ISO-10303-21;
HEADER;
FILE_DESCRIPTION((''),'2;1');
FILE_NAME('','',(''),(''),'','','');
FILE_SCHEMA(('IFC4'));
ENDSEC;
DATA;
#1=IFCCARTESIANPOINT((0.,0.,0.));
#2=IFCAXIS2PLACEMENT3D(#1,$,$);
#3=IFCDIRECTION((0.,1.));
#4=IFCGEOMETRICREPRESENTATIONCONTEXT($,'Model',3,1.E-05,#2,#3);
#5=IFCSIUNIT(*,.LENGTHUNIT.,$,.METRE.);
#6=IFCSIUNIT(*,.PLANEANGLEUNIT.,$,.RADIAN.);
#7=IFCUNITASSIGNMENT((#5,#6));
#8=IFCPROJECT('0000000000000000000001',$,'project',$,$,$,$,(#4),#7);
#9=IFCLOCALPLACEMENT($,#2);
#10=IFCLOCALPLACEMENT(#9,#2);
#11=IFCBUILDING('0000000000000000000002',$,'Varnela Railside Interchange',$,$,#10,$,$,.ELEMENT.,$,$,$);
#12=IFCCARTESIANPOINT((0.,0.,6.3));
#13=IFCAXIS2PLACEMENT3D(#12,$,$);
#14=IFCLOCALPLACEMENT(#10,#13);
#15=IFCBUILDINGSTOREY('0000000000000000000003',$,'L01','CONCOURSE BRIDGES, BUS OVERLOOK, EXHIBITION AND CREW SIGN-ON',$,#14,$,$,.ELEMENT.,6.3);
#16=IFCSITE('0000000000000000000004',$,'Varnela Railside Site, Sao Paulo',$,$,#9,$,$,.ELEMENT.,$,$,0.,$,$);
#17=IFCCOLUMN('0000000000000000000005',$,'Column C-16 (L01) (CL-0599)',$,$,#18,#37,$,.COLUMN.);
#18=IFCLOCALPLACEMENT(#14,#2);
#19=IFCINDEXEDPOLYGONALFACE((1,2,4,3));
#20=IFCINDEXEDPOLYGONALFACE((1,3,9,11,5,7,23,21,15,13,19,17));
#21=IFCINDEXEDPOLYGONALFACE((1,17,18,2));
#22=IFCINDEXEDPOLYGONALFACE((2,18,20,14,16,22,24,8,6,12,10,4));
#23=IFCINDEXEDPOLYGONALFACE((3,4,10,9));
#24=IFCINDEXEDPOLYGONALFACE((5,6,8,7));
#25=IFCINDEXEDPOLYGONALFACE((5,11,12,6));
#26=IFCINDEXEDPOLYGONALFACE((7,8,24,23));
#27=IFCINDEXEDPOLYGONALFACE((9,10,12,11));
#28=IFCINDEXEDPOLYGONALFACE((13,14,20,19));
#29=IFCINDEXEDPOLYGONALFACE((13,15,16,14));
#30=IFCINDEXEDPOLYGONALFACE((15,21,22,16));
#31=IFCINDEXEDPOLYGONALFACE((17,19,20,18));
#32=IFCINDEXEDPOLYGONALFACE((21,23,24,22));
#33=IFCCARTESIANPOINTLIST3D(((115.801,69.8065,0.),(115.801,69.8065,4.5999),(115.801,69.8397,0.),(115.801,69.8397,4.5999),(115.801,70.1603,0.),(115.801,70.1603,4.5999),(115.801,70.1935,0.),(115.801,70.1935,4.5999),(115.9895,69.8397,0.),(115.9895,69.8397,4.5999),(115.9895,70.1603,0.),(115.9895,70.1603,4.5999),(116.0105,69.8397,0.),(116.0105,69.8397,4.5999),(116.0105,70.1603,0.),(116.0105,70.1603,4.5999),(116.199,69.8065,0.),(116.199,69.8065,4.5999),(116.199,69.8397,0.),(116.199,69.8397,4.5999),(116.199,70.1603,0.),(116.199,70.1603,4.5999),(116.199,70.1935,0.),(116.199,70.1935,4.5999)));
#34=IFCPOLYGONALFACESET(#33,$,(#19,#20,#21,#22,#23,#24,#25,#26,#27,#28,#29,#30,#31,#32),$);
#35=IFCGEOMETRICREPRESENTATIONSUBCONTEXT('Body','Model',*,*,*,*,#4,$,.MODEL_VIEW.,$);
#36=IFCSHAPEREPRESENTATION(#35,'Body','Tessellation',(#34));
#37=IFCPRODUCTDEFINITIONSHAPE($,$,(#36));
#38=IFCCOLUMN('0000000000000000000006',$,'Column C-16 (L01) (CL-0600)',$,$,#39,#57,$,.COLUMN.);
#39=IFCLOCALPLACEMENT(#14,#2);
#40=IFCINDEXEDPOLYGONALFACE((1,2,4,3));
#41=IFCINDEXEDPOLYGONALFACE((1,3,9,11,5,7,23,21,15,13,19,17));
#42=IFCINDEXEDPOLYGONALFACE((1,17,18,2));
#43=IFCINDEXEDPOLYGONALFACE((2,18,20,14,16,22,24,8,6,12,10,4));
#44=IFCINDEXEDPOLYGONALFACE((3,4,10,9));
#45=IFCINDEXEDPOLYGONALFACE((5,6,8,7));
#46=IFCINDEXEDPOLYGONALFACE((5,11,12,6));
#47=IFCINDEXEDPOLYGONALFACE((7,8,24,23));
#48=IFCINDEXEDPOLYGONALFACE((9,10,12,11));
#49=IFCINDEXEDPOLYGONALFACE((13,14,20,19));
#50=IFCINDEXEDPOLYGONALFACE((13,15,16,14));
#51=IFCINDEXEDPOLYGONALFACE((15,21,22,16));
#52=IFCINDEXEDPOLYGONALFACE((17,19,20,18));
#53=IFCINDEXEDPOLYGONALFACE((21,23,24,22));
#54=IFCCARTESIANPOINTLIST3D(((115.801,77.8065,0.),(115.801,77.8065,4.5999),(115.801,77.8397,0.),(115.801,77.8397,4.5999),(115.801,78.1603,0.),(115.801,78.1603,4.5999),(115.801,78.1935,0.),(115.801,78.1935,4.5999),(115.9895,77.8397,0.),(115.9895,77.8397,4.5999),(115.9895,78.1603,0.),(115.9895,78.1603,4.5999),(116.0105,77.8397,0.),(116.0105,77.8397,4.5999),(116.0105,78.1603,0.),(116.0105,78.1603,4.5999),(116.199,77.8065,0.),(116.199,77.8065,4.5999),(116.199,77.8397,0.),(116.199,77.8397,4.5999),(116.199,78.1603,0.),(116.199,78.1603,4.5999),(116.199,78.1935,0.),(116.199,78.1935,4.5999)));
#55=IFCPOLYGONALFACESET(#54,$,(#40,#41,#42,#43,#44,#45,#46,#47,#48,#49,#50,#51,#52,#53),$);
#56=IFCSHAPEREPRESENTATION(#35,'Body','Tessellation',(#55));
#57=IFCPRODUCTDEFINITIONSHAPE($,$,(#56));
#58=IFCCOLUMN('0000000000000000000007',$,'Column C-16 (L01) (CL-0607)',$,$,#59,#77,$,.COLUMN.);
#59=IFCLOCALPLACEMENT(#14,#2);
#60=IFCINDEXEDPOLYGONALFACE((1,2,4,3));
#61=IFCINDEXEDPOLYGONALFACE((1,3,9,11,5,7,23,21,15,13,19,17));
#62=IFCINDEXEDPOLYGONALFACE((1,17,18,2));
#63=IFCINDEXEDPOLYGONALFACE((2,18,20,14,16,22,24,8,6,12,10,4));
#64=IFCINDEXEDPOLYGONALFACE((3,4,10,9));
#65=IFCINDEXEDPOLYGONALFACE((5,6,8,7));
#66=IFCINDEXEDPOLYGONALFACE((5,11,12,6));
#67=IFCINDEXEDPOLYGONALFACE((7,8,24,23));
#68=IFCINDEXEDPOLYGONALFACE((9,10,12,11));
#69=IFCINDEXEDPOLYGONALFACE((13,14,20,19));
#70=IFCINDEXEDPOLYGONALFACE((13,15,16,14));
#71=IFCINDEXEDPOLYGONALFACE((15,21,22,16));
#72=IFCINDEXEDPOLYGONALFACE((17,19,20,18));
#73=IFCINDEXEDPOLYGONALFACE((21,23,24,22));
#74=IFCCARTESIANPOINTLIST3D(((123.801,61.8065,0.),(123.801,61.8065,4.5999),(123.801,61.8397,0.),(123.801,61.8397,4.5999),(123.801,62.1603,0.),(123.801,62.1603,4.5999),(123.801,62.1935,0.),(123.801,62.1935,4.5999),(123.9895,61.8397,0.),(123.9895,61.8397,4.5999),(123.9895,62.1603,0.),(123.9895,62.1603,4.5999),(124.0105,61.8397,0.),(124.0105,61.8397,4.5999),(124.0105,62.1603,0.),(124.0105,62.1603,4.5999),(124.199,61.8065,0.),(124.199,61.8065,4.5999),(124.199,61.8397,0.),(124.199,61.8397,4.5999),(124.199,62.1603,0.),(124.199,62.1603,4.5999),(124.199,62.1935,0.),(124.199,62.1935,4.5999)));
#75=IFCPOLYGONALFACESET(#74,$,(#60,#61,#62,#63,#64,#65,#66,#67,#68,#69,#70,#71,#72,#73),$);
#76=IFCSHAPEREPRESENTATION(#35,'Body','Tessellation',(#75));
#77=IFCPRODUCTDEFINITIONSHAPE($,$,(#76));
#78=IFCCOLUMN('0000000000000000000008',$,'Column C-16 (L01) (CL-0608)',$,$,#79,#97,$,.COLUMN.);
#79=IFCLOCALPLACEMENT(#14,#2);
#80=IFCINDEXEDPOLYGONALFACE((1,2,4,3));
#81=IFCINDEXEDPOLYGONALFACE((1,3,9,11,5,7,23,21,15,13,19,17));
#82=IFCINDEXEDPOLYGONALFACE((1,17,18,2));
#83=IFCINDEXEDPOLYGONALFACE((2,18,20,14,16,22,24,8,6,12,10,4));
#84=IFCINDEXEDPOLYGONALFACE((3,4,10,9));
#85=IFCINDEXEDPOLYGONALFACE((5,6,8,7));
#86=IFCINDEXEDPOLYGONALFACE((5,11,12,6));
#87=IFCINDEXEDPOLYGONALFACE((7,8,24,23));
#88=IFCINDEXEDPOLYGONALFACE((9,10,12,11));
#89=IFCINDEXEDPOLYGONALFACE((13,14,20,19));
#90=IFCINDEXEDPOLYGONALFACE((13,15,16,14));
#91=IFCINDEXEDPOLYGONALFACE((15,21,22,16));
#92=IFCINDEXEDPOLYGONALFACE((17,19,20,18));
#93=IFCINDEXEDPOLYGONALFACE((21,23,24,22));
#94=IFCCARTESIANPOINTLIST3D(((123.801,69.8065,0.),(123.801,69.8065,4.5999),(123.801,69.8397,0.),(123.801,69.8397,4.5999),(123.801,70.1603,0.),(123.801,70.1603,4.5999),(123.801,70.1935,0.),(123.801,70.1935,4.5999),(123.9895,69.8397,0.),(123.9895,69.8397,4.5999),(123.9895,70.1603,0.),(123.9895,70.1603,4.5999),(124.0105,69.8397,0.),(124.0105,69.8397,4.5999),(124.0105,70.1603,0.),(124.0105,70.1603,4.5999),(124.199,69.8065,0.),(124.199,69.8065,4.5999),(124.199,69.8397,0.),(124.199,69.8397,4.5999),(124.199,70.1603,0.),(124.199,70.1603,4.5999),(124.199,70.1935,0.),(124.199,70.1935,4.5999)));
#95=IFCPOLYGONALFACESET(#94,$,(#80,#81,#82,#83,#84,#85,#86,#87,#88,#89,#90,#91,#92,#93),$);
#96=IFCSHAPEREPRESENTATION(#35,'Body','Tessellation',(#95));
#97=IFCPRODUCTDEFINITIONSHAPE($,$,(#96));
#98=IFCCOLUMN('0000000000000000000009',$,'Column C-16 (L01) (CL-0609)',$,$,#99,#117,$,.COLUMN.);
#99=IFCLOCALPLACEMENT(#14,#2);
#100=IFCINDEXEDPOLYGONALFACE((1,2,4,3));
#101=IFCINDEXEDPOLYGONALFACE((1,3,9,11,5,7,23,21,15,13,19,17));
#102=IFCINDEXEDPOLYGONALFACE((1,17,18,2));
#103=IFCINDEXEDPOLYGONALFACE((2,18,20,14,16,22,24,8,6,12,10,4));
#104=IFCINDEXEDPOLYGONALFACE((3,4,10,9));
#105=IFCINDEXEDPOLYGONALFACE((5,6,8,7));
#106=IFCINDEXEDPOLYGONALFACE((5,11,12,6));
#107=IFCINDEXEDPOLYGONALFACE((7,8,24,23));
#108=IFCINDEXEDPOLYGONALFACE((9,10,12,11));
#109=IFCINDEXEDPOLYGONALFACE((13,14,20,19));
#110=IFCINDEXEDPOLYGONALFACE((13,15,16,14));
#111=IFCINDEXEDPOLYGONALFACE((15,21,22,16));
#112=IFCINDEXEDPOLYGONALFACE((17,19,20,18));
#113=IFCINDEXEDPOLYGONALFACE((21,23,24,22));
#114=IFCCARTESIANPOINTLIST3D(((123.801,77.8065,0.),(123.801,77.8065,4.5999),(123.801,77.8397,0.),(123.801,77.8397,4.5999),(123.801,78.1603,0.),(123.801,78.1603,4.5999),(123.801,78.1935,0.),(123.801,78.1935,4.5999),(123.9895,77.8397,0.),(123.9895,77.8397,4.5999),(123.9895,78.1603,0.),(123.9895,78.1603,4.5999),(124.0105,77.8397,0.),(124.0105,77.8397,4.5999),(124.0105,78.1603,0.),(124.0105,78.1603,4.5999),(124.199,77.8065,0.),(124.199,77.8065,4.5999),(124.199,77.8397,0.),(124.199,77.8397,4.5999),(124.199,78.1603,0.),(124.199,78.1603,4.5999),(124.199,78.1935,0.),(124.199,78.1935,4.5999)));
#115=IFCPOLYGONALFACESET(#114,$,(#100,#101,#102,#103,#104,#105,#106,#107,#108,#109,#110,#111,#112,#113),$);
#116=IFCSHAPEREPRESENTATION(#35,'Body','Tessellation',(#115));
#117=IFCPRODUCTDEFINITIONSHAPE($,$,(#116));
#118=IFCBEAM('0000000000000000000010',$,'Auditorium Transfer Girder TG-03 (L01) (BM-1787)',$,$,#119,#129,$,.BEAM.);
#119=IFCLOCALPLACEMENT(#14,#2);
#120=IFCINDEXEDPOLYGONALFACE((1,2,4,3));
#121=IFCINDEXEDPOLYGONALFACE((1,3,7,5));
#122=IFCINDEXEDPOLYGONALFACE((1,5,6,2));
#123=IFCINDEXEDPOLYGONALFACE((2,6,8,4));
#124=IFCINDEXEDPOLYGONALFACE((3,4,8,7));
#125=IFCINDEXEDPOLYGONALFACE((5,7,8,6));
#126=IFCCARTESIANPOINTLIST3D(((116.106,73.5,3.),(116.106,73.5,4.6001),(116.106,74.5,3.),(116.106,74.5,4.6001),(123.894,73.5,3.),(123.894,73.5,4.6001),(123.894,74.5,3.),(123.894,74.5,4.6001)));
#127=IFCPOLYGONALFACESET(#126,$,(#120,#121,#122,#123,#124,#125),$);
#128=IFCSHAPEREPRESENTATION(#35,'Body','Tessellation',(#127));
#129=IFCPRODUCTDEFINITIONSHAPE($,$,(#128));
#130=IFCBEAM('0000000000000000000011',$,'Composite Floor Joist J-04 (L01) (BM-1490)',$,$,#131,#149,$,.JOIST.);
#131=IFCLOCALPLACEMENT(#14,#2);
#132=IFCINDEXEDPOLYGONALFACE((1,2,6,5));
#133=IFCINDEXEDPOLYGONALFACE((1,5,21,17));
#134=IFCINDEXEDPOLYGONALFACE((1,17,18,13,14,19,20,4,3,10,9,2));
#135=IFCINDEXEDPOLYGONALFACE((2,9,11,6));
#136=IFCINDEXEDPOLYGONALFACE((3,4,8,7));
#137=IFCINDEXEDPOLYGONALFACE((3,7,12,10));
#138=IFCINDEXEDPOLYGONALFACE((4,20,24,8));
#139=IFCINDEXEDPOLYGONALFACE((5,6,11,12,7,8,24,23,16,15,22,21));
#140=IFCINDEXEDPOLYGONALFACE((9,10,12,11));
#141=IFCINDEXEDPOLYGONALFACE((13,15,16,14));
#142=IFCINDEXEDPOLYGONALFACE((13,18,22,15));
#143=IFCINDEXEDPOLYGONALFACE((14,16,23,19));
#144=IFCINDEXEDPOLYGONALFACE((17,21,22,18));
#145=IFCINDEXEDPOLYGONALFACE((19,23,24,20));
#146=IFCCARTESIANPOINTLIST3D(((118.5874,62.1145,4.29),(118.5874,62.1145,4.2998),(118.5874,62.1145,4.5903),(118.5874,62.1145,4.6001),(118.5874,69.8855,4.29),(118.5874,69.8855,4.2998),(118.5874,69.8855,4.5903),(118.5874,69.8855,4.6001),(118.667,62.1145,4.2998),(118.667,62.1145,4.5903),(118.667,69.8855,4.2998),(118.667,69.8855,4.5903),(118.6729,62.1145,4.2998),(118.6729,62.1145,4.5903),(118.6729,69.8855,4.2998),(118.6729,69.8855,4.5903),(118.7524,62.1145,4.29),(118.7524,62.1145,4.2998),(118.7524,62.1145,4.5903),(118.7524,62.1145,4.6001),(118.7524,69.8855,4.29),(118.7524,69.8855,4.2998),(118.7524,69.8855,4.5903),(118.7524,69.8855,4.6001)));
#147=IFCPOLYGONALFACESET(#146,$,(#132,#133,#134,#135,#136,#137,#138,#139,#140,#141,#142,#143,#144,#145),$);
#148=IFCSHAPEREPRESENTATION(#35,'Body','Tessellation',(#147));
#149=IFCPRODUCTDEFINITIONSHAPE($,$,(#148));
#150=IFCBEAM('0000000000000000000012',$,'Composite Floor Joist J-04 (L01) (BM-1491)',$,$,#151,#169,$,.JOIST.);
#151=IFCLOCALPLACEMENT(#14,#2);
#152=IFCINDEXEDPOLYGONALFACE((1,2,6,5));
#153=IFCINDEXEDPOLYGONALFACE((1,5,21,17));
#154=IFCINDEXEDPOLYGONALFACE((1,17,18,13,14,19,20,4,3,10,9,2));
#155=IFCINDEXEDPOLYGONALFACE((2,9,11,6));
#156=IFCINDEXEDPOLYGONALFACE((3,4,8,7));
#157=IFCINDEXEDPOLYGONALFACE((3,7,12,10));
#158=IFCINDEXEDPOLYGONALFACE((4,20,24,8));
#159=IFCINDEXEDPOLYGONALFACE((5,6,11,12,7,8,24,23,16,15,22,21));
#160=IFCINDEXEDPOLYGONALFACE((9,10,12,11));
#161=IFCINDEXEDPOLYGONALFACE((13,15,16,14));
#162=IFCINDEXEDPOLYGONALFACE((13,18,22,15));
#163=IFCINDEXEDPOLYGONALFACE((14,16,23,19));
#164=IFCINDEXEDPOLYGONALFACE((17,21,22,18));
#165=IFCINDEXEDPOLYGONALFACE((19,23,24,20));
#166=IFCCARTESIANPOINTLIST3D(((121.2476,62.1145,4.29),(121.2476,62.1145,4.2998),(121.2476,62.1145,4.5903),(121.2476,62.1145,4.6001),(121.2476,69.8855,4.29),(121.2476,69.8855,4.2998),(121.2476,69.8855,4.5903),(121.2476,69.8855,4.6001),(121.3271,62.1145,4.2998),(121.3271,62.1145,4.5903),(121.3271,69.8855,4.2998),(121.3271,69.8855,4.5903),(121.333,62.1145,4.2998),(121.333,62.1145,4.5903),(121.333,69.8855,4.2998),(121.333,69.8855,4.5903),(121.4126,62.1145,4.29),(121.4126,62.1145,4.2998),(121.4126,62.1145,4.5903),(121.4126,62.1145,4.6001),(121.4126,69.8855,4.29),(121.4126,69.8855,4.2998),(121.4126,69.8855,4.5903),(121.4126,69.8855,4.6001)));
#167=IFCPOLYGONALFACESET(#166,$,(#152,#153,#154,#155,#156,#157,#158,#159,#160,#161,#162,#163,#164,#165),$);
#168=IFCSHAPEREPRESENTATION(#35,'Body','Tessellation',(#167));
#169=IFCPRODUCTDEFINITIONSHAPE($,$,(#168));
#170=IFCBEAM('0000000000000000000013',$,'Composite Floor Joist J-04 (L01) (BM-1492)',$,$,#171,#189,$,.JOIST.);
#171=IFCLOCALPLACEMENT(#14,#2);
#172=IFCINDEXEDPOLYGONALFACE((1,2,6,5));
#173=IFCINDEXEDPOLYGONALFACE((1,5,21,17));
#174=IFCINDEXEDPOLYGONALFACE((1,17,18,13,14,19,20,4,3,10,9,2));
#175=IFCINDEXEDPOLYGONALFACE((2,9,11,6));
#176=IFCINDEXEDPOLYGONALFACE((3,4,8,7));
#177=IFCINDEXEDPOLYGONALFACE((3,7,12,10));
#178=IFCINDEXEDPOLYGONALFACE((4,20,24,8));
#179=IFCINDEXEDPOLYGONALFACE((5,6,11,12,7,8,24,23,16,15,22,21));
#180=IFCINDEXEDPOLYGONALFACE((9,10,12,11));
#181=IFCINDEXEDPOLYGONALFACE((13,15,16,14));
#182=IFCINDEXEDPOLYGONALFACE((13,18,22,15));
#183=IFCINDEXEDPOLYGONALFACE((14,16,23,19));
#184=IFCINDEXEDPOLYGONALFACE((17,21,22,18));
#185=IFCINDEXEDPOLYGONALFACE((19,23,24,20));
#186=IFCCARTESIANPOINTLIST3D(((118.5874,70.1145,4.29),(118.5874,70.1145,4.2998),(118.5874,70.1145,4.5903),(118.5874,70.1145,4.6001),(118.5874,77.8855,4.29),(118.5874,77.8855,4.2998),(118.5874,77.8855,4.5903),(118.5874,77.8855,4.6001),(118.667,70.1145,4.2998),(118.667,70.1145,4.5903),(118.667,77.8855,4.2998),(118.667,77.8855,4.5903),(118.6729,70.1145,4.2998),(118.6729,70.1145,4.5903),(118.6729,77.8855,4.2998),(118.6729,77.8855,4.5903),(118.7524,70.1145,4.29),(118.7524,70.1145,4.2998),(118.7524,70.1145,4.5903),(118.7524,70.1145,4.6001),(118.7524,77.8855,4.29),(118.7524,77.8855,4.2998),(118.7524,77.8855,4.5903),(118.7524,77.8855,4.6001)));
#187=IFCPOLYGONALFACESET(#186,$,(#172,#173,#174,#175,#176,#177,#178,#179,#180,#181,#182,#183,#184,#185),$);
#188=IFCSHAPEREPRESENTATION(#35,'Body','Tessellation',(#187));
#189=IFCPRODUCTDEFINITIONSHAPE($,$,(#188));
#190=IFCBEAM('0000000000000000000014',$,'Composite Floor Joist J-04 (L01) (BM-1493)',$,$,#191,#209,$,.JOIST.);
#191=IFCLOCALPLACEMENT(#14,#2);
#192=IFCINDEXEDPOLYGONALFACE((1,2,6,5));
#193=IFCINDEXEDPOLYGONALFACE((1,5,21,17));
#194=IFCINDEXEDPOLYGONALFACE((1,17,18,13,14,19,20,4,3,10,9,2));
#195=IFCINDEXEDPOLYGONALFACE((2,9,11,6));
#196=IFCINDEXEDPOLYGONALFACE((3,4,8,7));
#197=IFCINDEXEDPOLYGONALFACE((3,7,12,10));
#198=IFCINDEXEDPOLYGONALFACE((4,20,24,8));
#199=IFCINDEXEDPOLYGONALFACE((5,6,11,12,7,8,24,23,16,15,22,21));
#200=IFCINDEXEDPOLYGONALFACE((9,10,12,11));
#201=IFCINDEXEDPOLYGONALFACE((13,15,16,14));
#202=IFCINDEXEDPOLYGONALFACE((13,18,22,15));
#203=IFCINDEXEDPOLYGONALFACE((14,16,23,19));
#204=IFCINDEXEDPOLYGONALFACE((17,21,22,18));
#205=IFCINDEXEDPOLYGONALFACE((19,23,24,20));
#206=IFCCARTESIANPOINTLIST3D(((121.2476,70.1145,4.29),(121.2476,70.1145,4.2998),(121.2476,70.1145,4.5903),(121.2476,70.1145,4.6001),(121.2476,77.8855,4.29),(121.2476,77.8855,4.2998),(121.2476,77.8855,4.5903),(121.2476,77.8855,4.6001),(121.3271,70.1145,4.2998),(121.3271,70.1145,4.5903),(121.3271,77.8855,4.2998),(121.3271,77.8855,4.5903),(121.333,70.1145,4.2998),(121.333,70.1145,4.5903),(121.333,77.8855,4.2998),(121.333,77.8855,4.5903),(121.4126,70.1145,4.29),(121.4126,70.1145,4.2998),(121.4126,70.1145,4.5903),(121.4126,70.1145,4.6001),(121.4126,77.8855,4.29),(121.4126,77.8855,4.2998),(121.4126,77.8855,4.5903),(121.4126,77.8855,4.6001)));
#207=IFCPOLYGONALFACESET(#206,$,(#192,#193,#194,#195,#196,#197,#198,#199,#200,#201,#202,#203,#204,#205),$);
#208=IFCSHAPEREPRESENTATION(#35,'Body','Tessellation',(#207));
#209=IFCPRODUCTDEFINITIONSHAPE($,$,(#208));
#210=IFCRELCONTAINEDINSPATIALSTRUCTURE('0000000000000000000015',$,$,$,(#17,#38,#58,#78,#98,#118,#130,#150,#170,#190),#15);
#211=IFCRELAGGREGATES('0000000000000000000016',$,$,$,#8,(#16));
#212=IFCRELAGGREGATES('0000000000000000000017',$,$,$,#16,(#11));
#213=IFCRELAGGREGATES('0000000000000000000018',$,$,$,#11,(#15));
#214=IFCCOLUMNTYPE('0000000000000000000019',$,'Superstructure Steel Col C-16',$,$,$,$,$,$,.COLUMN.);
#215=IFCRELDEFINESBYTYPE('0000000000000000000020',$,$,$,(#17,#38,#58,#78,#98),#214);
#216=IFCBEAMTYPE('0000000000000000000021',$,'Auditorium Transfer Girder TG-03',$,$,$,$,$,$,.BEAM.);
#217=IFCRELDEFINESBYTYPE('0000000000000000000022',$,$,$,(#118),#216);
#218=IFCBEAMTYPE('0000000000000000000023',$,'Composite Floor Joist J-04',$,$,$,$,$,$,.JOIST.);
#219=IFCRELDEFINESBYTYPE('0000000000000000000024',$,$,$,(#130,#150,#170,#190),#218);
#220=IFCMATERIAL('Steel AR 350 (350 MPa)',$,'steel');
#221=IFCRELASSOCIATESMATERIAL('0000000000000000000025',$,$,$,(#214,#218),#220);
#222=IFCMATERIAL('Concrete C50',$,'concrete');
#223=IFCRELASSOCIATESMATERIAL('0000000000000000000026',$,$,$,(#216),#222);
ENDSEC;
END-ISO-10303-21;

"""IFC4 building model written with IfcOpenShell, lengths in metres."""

from ifc_helpers import new_model, si_unit, direction, frame, origin, origin_2d, place, context, subcontext, project, spatial, rectangle, i_section, extrude, material, material_profile, profile_set, type_object, element, save


model = new_model("IFC4")

# Units and contexts
model_context = context("Model", 3, precision=1e-05, world=origin(), true_north=direction((0.0, 1.0)))
body_context = subcontext(model_context, "Body", "Model", "MODEL_VIEW")
ifc_project = project(units=[si_unit("LENGTHUNIT", "METRE"), si_unit("PLANEANGLEUNIT", "RADIAN")], contexts=[model_context])

# Site, building, storey
site_placement = place(None, origin())
site = spatial("IfcSite", under=ifc_project, at=site_placement, Name="Varnela Railside Site, Sao Paulo", CompositionType="ELEMENT", RefElevation=0.0)
building_placement = place(site_placement, origin())
building = spatial("IfcBuilding", under=site, at=building_placement, Name="Varnela Railside Interchange", CompositionType="ELEMENT")
storey_placement = place(building_placement, frame((0.0, 0.0, 6.3)))
storey = spatial("IfcBuildingStorey", under=building, at=storey_placement, Name="L01", Description="CONCOURSE BRIDGES, BUS OVERLOOK, EXHIBITION AND CREW SIGN-ON", CompositionType="ELEMENT", Elevation=6.3)

# Columns
ifc_material_1 = material(Name="Steel AR 350 (350 MPa)", Category="steel")
ifc_material_profile_1 = material_profile(ifc_material_1, i_section(OverallWidth=0.3979, OverallDepth=0.387, WebThickness=0.021, FlangeThickness=0.0332, at=origin_2d()), Name="W360x262")
ifc_profile_set_1 = profile_set([ifc_material_profile_1], Name="Steel AR 350 (350 MPa)")
column_type = type_object("IfcColumnType", Name="Superstructure Steel Col C-16", PredefinedType="COLUMN", material=ifc_profile_set_1)
for number, where, z_axis, x_axis, name in (
    (1, (116.0, 70.0, 0.0), (0.0, 0.0, 1.0), (1.0, 0.0, 0.0), "Column C-16 (L01) (CL-0599)"),
    (2, (116.0, 78.0, 0.0), (0.0, 0.0, 1.0), (1.0, 0.0, 0.0), "Column C-16 (L01) (CL-0600)"),
    (3, (124.0, 62.0, 0.0), (0.0, 0.0, 1.0), (1.0, 0.0, 0.0), "Column C-16 (L01) (CL-0607)"),
    (4, (124.0, 70.0, 0.0), (0.0, 0.0, 1.0), (1.0, 0.0, 0.0), "Column C-16 (L01) (CL-0608)"),
    (5, (124.0, 78.0, 0.0), (0.0, 0.0, 1.0), (1.0, 0.0, 0.0), "Column C-16 (L01) (CL-0609)"),
):
    element("IfcColumn", number, at=place(storey_placement, frame(where, z_axis=z_axis, x_axis=x_axis)), inside=storey, type_object=column_type, Name=name, PredefinedType="COLUMN", context=body_context, shape_type="SweptSolid", body=[
        extrude(i_section(OverallWidth=0.3979, OverallDepth=0.387, WebThickness=0.021, FlangeThickness=0.0332, at=origin_2d()), origin(), (0.0, 0.0, 1.0), 4.5999),
    ])

# Beams
ifc_material_2 = material(Name="Concrete C50", Category="concrete")
ifc_material_profile_2 = material_profile(ifc_material_2, rectangle(XDim=1.0, YDim=1.6001, at=origin_2d()), Name="RC 1000x1600")
ifc_profile_set_2 = profile_set([ifc_material_profile_2], Name="Concrete C50")
beam_type_1 = type_object("IfcBeamType", Name="Auditorium Transfer Girder TG-03", PredefinedType="BEAM", material=ifc_profile_set_2)
beam_1_placement = place(storey_placement, frame((116.106, 74.0, 3.8), z_axis=(1.0, 0.0, 0.0), x_axis=(0.0, 1.0, 0.0)))
element("IfcBeam", 6, at=beam_1_placement, inside=storey, type_object=beam_type_1, Name="Auditorium Transfer Girder TG-03 (L01) (BM-1787)", PredefinedType="BEAM", context=body_context, shape_type="SweptSolid", body=[
    extrude(rectangle(XDim=1.0, YDim=1.6001, at=origin_2d()), origin(), (0.0, 0.0, 1.0), 7.7881),
])
ifc_material_profile_3 = material_profile(ifc_material_1, i_section(OverallWidth=0.165, OverallDepth=0.3101, WebThickness=0.0059, FlangeThickness=0.0098, at=origin_2d()), Name="W310x38.7")
ifc_profile_set_3 = profile_set([ifc_material_profile_3], Name="Steel AR 350 (350 MPa)")
beam_type_2 = type_object("IfcBeamType", Name="Composite Floor Joist J-04", PredefinedType="JOIST", material=ifc_profile_set_3)
for number, where, z_axis, x_axis, name in (
    (7, (118.6699, 62.1145, 4.4451), (0.0, 1.0, 0.0), (-1.0, 0.0, 0.0), "Composite Floor Joist J-04 (L01) (BM-1490)"),
    (8, (121.3301, 62.1145, 4.4451), (0.0, 1.0, 0.0), (-1.0, 0.0, 0.0), "Composite Floor Joist J-04 (L01) (BM-1491)"),
    (9, (118.6699, 70.1145, 4.4451), (0.0, 1.0, 0.0), (-1.0, 0.0, 0.0), "Composite Floor Joist J-04 (L01) (BM-1492)"),
    (10, (121.3301, 70.1145, 4.4451), (0.0, 1.0, 0.0), (-1.0, 0.0, 0.0), "Composite Floor Joist J-04 (L01) (BM-1493)"),
):
    element("IfcBeam", number, at=place(storey_placement, frame(where, z_axis=z_axis, x_axis=x_axis)), inside=storey, type_object=beam_type_2, Name=name, PredefinedType="JOIST", context=body_context, shape_type="SweptSolid", body=[
        extrude(i_section(OverallWidth=0.165, OverallDepth=0.3101, WebThickness=0.0059, FlangeThickness=0.0098, at=origin_2d()), origin(), (0.0, 0.0, 1.0), 7.771),
    ])

save(model, "model.ifc")
